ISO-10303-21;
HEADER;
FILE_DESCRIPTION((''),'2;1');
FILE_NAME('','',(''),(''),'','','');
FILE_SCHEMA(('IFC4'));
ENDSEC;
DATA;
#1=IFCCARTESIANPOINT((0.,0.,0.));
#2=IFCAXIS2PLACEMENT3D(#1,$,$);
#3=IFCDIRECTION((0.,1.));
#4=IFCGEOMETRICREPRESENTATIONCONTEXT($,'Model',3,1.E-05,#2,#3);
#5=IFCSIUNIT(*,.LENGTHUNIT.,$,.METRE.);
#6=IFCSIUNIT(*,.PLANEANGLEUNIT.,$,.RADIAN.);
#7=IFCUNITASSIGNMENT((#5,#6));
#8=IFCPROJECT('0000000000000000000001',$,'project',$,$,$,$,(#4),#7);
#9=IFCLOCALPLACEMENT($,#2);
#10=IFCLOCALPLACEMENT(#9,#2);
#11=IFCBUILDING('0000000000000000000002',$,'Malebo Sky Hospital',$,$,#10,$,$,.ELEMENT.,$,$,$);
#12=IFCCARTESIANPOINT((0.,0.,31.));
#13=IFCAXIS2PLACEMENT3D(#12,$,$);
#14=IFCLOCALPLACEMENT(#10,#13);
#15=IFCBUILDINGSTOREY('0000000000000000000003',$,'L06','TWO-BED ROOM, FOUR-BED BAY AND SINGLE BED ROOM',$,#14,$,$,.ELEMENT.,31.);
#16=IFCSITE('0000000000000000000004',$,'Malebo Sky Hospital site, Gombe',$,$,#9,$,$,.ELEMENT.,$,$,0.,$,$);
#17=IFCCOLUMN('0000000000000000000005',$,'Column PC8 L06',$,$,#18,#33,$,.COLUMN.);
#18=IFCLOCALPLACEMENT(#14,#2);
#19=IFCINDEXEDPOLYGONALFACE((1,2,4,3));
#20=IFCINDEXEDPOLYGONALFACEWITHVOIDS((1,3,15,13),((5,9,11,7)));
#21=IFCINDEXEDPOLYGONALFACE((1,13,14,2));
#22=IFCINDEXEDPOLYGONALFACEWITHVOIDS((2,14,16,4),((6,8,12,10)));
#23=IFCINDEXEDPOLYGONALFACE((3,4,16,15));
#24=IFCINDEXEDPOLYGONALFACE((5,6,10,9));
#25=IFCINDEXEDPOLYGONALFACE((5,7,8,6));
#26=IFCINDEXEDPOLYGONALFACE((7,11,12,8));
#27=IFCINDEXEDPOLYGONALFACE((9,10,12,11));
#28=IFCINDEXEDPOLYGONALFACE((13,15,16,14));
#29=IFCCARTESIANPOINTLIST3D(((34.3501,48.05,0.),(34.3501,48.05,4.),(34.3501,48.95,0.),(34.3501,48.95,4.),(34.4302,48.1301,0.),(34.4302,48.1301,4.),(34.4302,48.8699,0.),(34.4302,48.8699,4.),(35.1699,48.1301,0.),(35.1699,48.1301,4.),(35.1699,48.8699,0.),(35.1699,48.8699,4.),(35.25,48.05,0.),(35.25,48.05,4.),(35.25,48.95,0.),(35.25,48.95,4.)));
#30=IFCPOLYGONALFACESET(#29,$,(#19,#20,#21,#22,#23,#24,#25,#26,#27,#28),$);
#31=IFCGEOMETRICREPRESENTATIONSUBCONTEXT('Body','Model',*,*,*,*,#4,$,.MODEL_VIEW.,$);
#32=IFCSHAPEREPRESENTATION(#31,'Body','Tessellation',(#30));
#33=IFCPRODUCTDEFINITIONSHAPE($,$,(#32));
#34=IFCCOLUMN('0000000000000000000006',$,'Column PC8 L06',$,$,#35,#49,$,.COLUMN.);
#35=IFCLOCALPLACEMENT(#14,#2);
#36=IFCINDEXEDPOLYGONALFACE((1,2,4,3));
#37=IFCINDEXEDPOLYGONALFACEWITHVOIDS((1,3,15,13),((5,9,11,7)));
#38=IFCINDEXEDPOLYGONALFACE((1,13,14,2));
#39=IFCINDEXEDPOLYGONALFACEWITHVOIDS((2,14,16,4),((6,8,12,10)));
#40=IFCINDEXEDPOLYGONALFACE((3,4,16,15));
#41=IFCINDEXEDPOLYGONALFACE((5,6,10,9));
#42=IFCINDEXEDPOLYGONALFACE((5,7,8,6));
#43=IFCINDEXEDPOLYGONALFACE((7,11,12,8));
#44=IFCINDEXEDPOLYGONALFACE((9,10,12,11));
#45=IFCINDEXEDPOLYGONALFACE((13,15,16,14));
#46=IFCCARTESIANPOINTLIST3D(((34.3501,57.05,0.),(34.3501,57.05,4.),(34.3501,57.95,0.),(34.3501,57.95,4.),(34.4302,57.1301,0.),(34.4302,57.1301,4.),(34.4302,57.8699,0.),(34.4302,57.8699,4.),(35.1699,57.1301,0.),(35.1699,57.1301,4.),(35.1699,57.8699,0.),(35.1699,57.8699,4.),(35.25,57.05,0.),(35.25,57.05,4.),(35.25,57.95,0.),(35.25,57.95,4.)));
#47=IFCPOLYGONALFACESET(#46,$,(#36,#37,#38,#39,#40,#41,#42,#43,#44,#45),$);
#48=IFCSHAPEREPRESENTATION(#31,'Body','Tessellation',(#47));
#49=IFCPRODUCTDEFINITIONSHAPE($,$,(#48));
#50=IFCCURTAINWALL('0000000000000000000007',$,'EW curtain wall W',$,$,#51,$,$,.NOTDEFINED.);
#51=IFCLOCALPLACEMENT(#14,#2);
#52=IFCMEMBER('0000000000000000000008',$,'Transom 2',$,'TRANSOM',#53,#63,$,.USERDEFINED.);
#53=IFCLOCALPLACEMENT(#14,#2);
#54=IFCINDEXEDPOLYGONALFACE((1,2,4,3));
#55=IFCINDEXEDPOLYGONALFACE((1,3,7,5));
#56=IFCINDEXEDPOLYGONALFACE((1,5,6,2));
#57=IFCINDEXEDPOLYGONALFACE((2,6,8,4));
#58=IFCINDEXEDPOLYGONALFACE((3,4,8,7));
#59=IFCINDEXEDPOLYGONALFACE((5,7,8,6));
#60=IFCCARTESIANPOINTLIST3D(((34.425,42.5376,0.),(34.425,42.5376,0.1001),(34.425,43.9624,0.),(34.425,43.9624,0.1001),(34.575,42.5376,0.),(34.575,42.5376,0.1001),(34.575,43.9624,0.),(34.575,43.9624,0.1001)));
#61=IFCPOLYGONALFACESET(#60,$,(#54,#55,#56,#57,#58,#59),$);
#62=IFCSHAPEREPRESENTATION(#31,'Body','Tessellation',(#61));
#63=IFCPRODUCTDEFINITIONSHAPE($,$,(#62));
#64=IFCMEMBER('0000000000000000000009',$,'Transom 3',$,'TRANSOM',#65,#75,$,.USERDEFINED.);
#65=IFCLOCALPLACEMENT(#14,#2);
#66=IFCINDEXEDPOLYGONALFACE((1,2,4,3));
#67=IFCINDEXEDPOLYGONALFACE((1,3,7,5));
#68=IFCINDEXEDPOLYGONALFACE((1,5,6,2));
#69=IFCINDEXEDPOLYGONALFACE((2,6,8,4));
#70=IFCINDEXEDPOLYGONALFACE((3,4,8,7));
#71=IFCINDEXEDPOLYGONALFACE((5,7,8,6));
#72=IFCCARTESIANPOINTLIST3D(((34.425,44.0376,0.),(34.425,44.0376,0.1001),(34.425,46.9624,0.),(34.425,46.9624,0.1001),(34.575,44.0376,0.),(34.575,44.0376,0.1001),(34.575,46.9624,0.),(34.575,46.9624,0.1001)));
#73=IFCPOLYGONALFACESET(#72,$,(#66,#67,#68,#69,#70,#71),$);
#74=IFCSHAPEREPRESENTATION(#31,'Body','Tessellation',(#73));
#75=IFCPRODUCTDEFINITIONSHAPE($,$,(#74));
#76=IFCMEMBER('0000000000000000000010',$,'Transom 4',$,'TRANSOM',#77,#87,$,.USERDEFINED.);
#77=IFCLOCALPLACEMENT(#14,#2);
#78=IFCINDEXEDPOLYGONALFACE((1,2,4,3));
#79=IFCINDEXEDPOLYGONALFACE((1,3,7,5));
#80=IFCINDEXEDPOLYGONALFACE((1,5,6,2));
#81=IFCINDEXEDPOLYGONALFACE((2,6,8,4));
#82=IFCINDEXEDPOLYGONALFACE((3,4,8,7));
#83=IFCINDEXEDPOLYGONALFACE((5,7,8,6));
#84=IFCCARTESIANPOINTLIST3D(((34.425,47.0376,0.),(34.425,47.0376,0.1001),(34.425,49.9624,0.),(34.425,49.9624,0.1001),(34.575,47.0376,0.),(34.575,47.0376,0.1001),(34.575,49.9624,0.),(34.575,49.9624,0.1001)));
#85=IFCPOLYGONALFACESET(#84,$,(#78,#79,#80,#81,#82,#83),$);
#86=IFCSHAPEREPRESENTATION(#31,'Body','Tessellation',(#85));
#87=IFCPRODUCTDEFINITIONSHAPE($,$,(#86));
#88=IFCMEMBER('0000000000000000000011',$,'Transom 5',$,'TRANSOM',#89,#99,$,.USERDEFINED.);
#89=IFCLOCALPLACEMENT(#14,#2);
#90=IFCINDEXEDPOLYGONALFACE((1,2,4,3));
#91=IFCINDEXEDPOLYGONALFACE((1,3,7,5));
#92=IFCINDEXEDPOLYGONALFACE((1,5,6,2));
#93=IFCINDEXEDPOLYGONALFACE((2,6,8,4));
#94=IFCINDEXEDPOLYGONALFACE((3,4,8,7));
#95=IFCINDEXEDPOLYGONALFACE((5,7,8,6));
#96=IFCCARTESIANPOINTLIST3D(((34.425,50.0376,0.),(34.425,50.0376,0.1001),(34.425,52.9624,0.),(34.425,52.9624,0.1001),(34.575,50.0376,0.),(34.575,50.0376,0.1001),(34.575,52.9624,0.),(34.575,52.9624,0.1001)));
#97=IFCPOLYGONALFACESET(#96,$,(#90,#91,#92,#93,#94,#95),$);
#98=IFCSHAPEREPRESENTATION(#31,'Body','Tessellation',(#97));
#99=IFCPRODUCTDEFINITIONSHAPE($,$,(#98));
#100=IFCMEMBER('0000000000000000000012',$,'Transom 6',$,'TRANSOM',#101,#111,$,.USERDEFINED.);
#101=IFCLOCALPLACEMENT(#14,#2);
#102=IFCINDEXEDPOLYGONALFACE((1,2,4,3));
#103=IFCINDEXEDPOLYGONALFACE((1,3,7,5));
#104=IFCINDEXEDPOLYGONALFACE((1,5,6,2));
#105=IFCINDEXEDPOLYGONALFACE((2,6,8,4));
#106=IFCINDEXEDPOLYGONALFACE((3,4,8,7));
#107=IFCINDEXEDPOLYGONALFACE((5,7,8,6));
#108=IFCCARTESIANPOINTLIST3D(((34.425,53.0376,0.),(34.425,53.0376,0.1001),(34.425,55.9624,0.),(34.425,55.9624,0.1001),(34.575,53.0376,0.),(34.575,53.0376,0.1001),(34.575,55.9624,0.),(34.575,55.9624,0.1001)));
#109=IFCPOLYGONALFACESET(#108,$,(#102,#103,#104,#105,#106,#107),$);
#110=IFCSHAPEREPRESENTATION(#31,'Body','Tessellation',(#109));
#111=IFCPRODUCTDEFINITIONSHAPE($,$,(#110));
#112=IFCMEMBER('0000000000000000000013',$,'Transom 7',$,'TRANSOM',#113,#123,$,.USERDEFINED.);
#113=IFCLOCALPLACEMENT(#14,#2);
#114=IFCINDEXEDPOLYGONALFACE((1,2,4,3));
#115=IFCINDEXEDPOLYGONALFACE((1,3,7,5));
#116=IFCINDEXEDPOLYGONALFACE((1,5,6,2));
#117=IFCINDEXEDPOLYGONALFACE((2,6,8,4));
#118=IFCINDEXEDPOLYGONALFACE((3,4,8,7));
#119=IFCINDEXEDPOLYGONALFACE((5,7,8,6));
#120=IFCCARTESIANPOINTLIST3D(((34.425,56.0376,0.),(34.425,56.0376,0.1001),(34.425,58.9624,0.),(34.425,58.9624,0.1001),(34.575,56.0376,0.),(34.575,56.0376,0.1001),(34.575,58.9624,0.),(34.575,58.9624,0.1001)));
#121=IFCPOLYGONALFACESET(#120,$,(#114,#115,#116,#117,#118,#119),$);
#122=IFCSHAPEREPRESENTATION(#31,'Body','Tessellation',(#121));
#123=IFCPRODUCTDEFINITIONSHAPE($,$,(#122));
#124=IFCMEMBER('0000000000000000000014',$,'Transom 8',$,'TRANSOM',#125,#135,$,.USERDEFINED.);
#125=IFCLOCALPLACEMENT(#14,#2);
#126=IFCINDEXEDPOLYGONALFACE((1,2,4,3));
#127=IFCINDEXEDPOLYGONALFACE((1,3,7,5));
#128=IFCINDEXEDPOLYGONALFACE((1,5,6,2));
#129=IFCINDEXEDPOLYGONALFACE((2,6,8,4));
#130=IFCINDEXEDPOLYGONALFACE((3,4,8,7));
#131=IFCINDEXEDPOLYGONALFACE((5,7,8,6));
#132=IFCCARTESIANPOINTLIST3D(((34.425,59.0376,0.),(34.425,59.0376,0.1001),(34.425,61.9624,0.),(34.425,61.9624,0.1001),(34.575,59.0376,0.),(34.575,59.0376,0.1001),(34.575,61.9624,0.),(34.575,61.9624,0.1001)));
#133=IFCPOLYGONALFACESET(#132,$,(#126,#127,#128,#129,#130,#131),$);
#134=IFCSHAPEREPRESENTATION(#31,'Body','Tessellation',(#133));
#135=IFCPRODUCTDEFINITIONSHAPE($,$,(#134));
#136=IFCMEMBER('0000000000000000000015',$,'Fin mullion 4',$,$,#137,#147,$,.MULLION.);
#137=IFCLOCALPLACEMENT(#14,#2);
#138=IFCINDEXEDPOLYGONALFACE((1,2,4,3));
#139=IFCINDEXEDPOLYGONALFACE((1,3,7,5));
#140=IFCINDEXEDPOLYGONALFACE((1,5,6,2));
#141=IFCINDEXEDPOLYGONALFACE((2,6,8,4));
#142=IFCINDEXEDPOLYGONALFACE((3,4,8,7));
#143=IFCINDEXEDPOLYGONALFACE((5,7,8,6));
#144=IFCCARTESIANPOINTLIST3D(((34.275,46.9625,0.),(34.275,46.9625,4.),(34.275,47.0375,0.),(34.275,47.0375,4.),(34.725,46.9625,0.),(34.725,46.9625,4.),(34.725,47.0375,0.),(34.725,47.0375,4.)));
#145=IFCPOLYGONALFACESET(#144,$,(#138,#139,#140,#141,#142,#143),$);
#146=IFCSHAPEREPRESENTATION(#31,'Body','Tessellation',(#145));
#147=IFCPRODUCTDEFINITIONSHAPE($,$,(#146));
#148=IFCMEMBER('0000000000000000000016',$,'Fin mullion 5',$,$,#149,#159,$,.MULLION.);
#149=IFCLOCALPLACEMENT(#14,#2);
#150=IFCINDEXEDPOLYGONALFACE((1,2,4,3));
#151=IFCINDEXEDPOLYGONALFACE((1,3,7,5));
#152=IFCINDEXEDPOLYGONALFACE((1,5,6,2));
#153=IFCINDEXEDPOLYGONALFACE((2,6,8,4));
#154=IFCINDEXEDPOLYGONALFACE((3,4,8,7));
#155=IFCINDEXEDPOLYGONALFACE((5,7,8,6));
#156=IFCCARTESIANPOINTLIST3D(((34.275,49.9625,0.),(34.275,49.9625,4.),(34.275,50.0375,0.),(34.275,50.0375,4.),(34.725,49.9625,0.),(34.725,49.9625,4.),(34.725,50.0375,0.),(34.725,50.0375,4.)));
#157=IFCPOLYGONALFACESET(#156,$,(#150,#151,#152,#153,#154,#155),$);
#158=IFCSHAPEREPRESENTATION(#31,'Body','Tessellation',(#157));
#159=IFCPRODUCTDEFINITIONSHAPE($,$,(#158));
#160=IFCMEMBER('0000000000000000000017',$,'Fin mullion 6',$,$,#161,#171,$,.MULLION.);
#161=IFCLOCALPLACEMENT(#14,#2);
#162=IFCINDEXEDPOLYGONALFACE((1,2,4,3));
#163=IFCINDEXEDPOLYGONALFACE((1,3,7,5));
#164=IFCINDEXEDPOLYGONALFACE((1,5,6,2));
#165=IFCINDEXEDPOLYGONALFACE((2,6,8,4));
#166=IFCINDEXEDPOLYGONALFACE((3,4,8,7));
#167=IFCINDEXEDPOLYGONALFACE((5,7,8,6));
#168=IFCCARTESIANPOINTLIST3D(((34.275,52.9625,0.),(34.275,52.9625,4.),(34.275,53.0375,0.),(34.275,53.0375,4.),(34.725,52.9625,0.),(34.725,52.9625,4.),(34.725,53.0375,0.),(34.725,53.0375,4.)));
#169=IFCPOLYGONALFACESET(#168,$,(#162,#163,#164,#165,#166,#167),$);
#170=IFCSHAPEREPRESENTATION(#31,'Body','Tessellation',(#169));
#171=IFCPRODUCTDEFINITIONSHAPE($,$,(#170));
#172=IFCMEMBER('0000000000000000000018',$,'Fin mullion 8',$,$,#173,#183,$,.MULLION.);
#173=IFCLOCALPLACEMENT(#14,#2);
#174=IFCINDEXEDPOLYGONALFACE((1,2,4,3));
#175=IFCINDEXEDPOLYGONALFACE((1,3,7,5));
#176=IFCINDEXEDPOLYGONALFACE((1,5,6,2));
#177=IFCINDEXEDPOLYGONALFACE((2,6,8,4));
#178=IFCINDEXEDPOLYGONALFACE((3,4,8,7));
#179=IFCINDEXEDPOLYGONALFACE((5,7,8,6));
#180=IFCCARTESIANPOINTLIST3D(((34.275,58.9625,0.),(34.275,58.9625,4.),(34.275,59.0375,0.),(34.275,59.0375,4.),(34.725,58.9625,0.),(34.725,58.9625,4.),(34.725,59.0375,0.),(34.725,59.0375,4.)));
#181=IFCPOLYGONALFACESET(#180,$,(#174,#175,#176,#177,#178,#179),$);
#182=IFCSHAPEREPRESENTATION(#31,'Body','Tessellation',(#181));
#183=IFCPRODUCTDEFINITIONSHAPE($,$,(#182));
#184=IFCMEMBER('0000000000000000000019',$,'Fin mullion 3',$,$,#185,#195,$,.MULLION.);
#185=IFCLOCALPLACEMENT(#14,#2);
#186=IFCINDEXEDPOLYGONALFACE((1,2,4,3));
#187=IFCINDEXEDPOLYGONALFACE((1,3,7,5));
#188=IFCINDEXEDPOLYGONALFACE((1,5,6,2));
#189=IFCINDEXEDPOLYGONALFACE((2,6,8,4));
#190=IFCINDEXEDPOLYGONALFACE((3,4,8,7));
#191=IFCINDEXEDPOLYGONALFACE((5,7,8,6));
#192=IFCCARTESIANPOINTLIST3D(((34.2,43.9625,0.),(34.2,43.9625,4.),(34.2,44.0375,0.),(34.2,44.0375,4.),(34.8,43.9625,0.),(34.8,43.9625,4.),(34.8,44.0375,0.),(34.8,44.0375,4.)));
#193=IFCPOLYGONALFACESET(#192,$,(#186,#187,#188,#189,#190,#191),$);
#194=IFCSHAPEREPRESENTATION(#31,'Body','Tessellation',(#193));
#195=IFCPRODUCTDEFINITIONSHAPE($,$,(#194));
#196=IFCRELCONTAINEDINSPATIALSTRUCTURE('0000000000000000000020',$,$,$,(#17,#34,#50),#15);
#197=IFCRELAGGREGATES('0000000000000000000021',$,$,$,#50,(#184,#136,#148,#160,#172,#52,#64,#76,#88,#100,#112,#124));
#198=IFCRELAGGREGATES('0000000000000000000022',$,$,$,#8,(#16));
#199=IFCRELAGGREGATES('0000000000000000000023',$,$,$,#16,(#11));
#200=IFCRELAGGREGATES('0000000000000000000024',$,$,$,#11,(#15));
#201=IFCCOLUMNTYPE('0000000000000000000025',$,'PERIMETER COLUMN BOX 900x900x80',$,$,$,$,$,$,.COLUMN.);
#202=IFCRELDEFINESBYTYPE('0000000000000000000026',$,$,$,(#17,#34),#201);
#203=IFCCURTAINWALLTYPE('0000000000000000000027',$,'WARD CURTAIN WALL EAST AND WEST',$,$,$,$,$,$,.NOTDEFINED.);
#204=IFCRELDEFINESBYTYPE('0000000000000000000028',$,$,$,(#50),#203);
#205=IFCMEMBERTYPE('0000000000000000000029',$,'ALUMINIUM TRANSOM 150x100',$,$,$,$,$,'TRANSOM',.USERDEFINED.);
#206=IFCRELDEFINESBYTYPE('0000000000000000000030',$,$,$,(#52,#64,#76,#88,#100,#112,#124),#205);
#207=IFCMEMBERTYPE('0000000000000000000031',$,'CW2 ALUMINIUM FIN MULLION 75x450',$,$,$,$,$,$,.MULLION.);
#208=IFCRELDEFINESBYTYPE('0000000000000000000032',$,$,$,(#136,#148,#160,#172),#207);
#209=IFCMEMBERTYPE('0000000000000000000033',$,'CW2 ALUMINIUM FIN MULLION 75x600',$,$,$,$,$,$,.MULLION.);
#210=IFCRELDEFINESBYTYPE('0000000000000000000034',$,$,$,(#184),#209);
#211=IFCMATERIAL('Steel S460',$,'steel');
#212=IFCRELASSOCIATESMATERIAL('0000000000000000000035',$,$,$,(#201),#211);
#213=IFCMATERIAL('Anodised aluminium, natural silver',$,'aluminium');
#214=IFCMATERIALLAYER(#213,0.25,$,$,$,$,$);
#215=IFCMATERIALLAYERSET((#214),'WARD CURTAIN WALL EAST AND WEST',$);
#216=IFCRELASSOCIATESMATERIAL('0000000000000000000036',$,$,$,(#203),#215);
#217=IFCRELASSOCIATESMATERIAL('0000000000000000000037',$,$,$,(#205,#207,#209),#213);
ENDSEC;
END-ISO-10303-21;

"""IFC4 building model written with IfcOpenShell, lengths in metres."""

from ifc_helpers import new_model, si_unit, direction, frame, origin, origin_2d, place, context, subcontext, project, spatial, rectangle, hollow_rectangle, extrude, material, layer, layer_set, material_profile, profile_set, type_object, element, aggregate, save


model = new_model("IFC4")

# Units and contexts
model_context = context("Model", 3, precision=1e-05, world=origin(), true_north=direction((0.0, 1.0)))
body_context = subcontext(model_context, "Body", "Model", "MODEL_VIEW")
ifc_project = project(units=[si_unit("LENGTHUNIT", "METRE"), si_unit("PLANEANGLEUNIT", "RADIAN")], contexts=[model_context])

# Site, building, storey
site_placement = place(None, origin())
site = spatial("IfcSite", under=ifc_project, at=site_placement, Name="Malebo Sky Hospital site, Gombe", CompositionType="ELEMENT", RefElevation=0.0)
building_placement = place(site_placement, origin())
building = spatial("IfcBuilding", under=site, at=building_placement, Name="Malebo Sky Hospital", CompositionType="ELEMENT")
storey_placement = place(building_placement, frame((0.0, 0.0, 31.0)))
storey = spatial("IfcBuildingStorey", under=building, at=storey_placement, Name="L06", Description="TWO-BED ROOM, FOUR-BED BAY AND SINGLE BED ROOM", CompositionType="ELEMENT", Elevation=31.0)

# Columns
ifc_material_1 = material(Name="Steel S460", Category="steel")
ifc_material_profile_1 = material_profile(ifc_material_1, hollow_rectangle(XDim=0.8999, YDim=0.8999, WallThickness=0.0801, at=origin_2d()), Name="BOX 900x900x80")
ifc_profile_set_1 = profile_set([ifc_material_profile_1], Name="Steel S460")
column_type = type_object("IfcColumnType", Name="PERIMETER COLUMN BOX 900x900x80", PredefinedType="COLUMN", material=ifc_profile_set_1)
for number, where, z_axis, x_axis, name in (
    (1, (34.8, 48.5, 0.0), (0.0, 0.0, 1.0), (1.0, 0.0, 0.0), "Column PC8 L06"),
    (2, (34.8, 57.5, 0.0), (0.0, 0.0, 1.0), (1.0, 0.0, 0.0), "Column PC8 L06"),
):
    element("IfcColumn", number, at=place(storey_placement, frame(where, z_axis=z_axis, x_axis=x_axis)), inside=storey, type_object=column_type, Name=name, PredefinedType="COLUMN", context=body_context, shape_type="SweptSolid", body=[
        extrude(hollow_rectangle(XDim=0.8999, YDim=0.8999, WallThickness=0.0801, at=origin_2d()), origin(), (0.0, 0.0, 1.0), 4.0),
    ])

# Curtain wall, members
ifc_material_2 = material(Name="Anodised aluminium, natural silver", Category="aluminium")
ifc_layer_1 = layer(ifc_material_2, 0.25)
ifc_layer_set_1 = layer_set([ifc_layer_1], Name="WARD CURTAIN WALL EAST AND WEST")
curtain_wall_type = type_object("IfcCurtainWallType", Name="WARD CURTAIN WALL EAST AND WEST", PredefinedType="NOTDEFINED", material=ifc_layer_set_1)
curtain_wall_placement = place(storey_placement, origin())
curtain_wall = element("IfcCurtainWall", 3, at=curtain_wall_placement, inside=storey, type_object=curtain_wall_type, Name="EW curtain wall W", PredefinedType="NOTDEFINED")
ifc_material_profile_2 = material_profile(ifc_material_2, rectangle(XDim=0.1499, YDim=0.1001, at=origin_2d()), Name="ALUMINIUM TRANSOM 150x100")
ifc_profile_set_2 = profile_set([ifc_material_profile_2], Name="Anodised aluminium, natural silver")
member_type_1 = type_object("IfcMemberType", Name="ALUMINIUM TRANSOM 150x100", ElementType="TRANSOM", PredefinedType="USERDEFINED", material=ifc_profile_set_2)
member_1_placement = place(storey_placement, frame((34.5, 42.5376, 0.05), z_axis=(0.0, 1.0, 0.0), x_axis=(-1.0, 0.0, 0.0)))
member_1 = element("IfcMember", 4, at=member_1_placement, type_object=member_type_1, Name="Transom 2", ObjectType="TRANSOM", PredefinedType="USERDEFINED", context=body_context, shape_type="SweptSolid", body=[
    extrude(rectangle(XDim=0.1499, YDim=0.1001, at=origin_2d()), origin(), (0.0, 0.0, 1.0), 1.4248),
])
member_2_placement = place(storey_placement, frame((34.5, 44.0376, 0.05), z_axis=(0.0, 1.0, 0.0), x_axis=(-1.0, 0.0, 0.0)))
member_2 = element("IfcMember", 5, at=member_2_placement, type_object=member_type_1, Name="Transom 3", ObjectType="TRANSOM", PredefinedType="USERDEFINED", context=body_context, shape_type="SweptSolid", body=[
    extrude(rectangle(XDim=0.1499, YDim=0.1001, at=origin_2d()), origin(), (0.0, 0.0, 1.0), 2.9248),
])
member_3_placement = place(storey_placement, frame((34.5, 47.0376, 0.05), z_axis=(0.0, 1.0, 0.0), x_axis=(-1.0, 0.0, 0.0)))
member_3 = element("IfcMember", 6, at=member_3_placement, type_object=member_type_1, Name="Transom 4", ObjectType="TRANSOM", PredefinedType="USERDEFINED", context=body_context, shape_type="SweptSolid", body=[
    extrude(rectangle(XDim=0.1499, YDim=0.1001, at=origin_2d()), origin(), (0.0, 0.0, 1.0), 2.9248),
])
member_4_placement = place(storey_placement, frame((34.5, 50.0376, 0.05), z_axis=(0.0, 1.0, 0.0), x_axis=(-1.0, 0.0, 0.0)))
member_4 = element("IfcMember", 7, at=member_4_placement, type_object=member_type_1, Name="Transom 5", ObjectType="TRANSOM", PredefinedType="USERDEFINED", context=body_context, shape_type="SweptSolid", body=[
    extrude(rectangle(XDim=0.1499, YDim=0.1001, at=origin_2d()), origin(), (0.0, 0.0, 1.0), 2.9248),
])
member_5_placement = place(storey_placement, frame((34.5, 53.0376, 0.05), z_axis=(0.0, 1.0, 0.0), x_axis=(-1.0, 0.0, 0.0)))
member_5 = element("IfcMember", 8, at=member_5_placement, type_object=member_type_1, Name="Transom 6", ObjectType="TRANSOM", PredefinedType="USERDEFINED", context=body_context, shape_type="SweptSolid", body=[
    extrude(rectangle(XDim=0.1499, YDim=0.1001, at=origin_2d()), origin(), (0.0, 0.0, 1.0), 2.9248),
])
member_6_placement = place(storey_placement, frame((34.5, 56.0376, 0.05), z_axis=(0.0, 1.0, 0.0), x_axis=(-1.0, 0.0, 0.0)))
member_6 = element("IfcMember", 9, at=member_6_placement, type_object=member_type_1, Name="Transom 7", ObjectType="TRANSOM", PredefinedType="USERDEFINED", context=body_context, shape_type="SweptSolid", body=[
    extrude(rectangle(XDim=0.1499, YDim=0.1001, at=origin_2d()), origin(), (0.0, 0.0, 1.0), 2.9248),
])
member_7_placement = place(storey_placement, frame((34.5, 59.0376, 0.05), z_axis=(0.0, 1.0, 0.0), x_axis=(-1.0, 0.0, 0.0)))
member_7 = element("IfcMember", 10, at=member_7_placement, type_object=member_type_1, Name="Transom 8", ObjectType="TRANSOM", PredefinedType="USERDEFINED", context=body_context, shape_type="SweptSolid", body=[
    extrude(rectangle(XDim=0.1499, YDim=0.1001, at=origin_2d()), origin(), (0.0, 0.0, 1.0), 2.9248),
])
ifc_material_profile_3 = material_profile(ifc_material_2, rectangle(XDim=0.075, YDim=0.45, at=origin_2d()), Name="CW2 ALUMINIUM FIN MULLION 75x450")
ifc_profile_set_3 = profile_set([ifc_material_profile_3], Name="Anodised aluminium, natural silver")
member_type_2 = type_object("IfcMemberType", Name="CW2 ALUMINIUM FIN MULLION 75x450", PredefinedType="MULLION", material=ifc_profile_set_3)
member_8_placement = place(storey_placement, frame((34.5, 47.0, 0.0), z_axis=(0.0, 0.0, 1.0), x_axis=(0.0, 1.0, 0.0)))
member_8 = element("IfcMember", 11, at=member_8_placement, type_object=member_type_2, Name="Fin mullion 4", PredefinedType="MULLION", context=body_context, shape_type="SweptSolid", body=[
    extrude(rectangle(XDim=0.075, YDim=0.45, at=origin_2d()), origin(), (0.0, 0.0, 1.0), 4.0),
])
member_9_placement = place(storey_placement, frame((34.5, 50.0, 0.0), z_axis=(0.0, 0.0, 1.0), x_axis=(0.0, 1.0, 0.0)))
member_9 = element("IfcMember", 12, at=member_9_placement, type_object=member_type_2, Name="Fin mullion 5", PredefinedType="MULLION", context=body_context, shape_type="SweptSolid", body=[
    extrude(rectangle(XDim=0.075, YDim=0.45, at=origin_2d()), origin(), (0.0, 0.0, 1.0), 4.0),
])
member_10_placement = place(storey_placement, frame((34.5, 53.0, 0.0), z_axis=(0.0, 0.0, 1.0), x_axis=(0.0, 1.0, 0.0)))
member_10 = element("IfcMember", 13, at=member_10_placement, type_object=member_type_2, Name="Fin mullion 6", PredefinedType="MULLION", context=body_context, shape_type="SweptSolid", body=[
    extrude(rectangle(XDim=0.075, YDim=0.45, at=origin_2d()), origin(), (0.0, 0.0, 1.0), 4.0),
])
member_11_placement = place(storey_placement, frame((34.5, 59.0, 0.0), z_axis=(0.0, 0.0, 1.0), x_axis=(0.0, 1.0, 0.0)))
member_11 = element("IfcMember", 14, at=member_11_placement, type_object=member_type_2, Name="Fin mullion 8", PredefinedType="MULLION", context=body_context, shape_type="SweptSolid", body=[
    extrude(rectangle(XDim=0.075, YDim=0.45, at=origin_2d()), origin(), (0.0, 0.0, 1.0), 4.0),
])
ifc_material_profile_4 = material_profile(ifc_material_2, rectangle(XDim=0.075, YDim=0.6001, at=origin_2d()), Name="CW2 ALUMINIUM FIN MULLION 75x600")
ifc_profile_set_4 = profile_set([ifc_material_profile_4], Name="Anodised aluminium, natural silver")
member_type_3 = type_object("IfcMemberType", Name="CW2 ALUMINIUM FIN MULLION 75x600", PredefinedType="MULLION", material=ifc_profile_set_4)
member_12_placement = place(storey_placement, frame((34.5, 44.0, 0.0), z_axis=(0.0, 0.0, 1.0), x_axis=(0.0, 1.0, 0.0)))
member_12 = element("IfcMember", 15, at=member_12_placement, type_object=member_type_3, Name="Fin mullion 3", PredefinedType="MULLION", context=body_context, shape_type="SweptSolid", body=[
    extrude(rectangle(XDim=0.075, YDim=0.6001, at=origin_2d()), origin(), (0.0, 0.0, 1.0), 4.0),
])

aggregate(curtain_wall, [member_12, member_8, member_9, member_10, member_11, member_1, member_2, member_3, member_4, member_5, member_6, member_7])

save(model, "model.ifc")
